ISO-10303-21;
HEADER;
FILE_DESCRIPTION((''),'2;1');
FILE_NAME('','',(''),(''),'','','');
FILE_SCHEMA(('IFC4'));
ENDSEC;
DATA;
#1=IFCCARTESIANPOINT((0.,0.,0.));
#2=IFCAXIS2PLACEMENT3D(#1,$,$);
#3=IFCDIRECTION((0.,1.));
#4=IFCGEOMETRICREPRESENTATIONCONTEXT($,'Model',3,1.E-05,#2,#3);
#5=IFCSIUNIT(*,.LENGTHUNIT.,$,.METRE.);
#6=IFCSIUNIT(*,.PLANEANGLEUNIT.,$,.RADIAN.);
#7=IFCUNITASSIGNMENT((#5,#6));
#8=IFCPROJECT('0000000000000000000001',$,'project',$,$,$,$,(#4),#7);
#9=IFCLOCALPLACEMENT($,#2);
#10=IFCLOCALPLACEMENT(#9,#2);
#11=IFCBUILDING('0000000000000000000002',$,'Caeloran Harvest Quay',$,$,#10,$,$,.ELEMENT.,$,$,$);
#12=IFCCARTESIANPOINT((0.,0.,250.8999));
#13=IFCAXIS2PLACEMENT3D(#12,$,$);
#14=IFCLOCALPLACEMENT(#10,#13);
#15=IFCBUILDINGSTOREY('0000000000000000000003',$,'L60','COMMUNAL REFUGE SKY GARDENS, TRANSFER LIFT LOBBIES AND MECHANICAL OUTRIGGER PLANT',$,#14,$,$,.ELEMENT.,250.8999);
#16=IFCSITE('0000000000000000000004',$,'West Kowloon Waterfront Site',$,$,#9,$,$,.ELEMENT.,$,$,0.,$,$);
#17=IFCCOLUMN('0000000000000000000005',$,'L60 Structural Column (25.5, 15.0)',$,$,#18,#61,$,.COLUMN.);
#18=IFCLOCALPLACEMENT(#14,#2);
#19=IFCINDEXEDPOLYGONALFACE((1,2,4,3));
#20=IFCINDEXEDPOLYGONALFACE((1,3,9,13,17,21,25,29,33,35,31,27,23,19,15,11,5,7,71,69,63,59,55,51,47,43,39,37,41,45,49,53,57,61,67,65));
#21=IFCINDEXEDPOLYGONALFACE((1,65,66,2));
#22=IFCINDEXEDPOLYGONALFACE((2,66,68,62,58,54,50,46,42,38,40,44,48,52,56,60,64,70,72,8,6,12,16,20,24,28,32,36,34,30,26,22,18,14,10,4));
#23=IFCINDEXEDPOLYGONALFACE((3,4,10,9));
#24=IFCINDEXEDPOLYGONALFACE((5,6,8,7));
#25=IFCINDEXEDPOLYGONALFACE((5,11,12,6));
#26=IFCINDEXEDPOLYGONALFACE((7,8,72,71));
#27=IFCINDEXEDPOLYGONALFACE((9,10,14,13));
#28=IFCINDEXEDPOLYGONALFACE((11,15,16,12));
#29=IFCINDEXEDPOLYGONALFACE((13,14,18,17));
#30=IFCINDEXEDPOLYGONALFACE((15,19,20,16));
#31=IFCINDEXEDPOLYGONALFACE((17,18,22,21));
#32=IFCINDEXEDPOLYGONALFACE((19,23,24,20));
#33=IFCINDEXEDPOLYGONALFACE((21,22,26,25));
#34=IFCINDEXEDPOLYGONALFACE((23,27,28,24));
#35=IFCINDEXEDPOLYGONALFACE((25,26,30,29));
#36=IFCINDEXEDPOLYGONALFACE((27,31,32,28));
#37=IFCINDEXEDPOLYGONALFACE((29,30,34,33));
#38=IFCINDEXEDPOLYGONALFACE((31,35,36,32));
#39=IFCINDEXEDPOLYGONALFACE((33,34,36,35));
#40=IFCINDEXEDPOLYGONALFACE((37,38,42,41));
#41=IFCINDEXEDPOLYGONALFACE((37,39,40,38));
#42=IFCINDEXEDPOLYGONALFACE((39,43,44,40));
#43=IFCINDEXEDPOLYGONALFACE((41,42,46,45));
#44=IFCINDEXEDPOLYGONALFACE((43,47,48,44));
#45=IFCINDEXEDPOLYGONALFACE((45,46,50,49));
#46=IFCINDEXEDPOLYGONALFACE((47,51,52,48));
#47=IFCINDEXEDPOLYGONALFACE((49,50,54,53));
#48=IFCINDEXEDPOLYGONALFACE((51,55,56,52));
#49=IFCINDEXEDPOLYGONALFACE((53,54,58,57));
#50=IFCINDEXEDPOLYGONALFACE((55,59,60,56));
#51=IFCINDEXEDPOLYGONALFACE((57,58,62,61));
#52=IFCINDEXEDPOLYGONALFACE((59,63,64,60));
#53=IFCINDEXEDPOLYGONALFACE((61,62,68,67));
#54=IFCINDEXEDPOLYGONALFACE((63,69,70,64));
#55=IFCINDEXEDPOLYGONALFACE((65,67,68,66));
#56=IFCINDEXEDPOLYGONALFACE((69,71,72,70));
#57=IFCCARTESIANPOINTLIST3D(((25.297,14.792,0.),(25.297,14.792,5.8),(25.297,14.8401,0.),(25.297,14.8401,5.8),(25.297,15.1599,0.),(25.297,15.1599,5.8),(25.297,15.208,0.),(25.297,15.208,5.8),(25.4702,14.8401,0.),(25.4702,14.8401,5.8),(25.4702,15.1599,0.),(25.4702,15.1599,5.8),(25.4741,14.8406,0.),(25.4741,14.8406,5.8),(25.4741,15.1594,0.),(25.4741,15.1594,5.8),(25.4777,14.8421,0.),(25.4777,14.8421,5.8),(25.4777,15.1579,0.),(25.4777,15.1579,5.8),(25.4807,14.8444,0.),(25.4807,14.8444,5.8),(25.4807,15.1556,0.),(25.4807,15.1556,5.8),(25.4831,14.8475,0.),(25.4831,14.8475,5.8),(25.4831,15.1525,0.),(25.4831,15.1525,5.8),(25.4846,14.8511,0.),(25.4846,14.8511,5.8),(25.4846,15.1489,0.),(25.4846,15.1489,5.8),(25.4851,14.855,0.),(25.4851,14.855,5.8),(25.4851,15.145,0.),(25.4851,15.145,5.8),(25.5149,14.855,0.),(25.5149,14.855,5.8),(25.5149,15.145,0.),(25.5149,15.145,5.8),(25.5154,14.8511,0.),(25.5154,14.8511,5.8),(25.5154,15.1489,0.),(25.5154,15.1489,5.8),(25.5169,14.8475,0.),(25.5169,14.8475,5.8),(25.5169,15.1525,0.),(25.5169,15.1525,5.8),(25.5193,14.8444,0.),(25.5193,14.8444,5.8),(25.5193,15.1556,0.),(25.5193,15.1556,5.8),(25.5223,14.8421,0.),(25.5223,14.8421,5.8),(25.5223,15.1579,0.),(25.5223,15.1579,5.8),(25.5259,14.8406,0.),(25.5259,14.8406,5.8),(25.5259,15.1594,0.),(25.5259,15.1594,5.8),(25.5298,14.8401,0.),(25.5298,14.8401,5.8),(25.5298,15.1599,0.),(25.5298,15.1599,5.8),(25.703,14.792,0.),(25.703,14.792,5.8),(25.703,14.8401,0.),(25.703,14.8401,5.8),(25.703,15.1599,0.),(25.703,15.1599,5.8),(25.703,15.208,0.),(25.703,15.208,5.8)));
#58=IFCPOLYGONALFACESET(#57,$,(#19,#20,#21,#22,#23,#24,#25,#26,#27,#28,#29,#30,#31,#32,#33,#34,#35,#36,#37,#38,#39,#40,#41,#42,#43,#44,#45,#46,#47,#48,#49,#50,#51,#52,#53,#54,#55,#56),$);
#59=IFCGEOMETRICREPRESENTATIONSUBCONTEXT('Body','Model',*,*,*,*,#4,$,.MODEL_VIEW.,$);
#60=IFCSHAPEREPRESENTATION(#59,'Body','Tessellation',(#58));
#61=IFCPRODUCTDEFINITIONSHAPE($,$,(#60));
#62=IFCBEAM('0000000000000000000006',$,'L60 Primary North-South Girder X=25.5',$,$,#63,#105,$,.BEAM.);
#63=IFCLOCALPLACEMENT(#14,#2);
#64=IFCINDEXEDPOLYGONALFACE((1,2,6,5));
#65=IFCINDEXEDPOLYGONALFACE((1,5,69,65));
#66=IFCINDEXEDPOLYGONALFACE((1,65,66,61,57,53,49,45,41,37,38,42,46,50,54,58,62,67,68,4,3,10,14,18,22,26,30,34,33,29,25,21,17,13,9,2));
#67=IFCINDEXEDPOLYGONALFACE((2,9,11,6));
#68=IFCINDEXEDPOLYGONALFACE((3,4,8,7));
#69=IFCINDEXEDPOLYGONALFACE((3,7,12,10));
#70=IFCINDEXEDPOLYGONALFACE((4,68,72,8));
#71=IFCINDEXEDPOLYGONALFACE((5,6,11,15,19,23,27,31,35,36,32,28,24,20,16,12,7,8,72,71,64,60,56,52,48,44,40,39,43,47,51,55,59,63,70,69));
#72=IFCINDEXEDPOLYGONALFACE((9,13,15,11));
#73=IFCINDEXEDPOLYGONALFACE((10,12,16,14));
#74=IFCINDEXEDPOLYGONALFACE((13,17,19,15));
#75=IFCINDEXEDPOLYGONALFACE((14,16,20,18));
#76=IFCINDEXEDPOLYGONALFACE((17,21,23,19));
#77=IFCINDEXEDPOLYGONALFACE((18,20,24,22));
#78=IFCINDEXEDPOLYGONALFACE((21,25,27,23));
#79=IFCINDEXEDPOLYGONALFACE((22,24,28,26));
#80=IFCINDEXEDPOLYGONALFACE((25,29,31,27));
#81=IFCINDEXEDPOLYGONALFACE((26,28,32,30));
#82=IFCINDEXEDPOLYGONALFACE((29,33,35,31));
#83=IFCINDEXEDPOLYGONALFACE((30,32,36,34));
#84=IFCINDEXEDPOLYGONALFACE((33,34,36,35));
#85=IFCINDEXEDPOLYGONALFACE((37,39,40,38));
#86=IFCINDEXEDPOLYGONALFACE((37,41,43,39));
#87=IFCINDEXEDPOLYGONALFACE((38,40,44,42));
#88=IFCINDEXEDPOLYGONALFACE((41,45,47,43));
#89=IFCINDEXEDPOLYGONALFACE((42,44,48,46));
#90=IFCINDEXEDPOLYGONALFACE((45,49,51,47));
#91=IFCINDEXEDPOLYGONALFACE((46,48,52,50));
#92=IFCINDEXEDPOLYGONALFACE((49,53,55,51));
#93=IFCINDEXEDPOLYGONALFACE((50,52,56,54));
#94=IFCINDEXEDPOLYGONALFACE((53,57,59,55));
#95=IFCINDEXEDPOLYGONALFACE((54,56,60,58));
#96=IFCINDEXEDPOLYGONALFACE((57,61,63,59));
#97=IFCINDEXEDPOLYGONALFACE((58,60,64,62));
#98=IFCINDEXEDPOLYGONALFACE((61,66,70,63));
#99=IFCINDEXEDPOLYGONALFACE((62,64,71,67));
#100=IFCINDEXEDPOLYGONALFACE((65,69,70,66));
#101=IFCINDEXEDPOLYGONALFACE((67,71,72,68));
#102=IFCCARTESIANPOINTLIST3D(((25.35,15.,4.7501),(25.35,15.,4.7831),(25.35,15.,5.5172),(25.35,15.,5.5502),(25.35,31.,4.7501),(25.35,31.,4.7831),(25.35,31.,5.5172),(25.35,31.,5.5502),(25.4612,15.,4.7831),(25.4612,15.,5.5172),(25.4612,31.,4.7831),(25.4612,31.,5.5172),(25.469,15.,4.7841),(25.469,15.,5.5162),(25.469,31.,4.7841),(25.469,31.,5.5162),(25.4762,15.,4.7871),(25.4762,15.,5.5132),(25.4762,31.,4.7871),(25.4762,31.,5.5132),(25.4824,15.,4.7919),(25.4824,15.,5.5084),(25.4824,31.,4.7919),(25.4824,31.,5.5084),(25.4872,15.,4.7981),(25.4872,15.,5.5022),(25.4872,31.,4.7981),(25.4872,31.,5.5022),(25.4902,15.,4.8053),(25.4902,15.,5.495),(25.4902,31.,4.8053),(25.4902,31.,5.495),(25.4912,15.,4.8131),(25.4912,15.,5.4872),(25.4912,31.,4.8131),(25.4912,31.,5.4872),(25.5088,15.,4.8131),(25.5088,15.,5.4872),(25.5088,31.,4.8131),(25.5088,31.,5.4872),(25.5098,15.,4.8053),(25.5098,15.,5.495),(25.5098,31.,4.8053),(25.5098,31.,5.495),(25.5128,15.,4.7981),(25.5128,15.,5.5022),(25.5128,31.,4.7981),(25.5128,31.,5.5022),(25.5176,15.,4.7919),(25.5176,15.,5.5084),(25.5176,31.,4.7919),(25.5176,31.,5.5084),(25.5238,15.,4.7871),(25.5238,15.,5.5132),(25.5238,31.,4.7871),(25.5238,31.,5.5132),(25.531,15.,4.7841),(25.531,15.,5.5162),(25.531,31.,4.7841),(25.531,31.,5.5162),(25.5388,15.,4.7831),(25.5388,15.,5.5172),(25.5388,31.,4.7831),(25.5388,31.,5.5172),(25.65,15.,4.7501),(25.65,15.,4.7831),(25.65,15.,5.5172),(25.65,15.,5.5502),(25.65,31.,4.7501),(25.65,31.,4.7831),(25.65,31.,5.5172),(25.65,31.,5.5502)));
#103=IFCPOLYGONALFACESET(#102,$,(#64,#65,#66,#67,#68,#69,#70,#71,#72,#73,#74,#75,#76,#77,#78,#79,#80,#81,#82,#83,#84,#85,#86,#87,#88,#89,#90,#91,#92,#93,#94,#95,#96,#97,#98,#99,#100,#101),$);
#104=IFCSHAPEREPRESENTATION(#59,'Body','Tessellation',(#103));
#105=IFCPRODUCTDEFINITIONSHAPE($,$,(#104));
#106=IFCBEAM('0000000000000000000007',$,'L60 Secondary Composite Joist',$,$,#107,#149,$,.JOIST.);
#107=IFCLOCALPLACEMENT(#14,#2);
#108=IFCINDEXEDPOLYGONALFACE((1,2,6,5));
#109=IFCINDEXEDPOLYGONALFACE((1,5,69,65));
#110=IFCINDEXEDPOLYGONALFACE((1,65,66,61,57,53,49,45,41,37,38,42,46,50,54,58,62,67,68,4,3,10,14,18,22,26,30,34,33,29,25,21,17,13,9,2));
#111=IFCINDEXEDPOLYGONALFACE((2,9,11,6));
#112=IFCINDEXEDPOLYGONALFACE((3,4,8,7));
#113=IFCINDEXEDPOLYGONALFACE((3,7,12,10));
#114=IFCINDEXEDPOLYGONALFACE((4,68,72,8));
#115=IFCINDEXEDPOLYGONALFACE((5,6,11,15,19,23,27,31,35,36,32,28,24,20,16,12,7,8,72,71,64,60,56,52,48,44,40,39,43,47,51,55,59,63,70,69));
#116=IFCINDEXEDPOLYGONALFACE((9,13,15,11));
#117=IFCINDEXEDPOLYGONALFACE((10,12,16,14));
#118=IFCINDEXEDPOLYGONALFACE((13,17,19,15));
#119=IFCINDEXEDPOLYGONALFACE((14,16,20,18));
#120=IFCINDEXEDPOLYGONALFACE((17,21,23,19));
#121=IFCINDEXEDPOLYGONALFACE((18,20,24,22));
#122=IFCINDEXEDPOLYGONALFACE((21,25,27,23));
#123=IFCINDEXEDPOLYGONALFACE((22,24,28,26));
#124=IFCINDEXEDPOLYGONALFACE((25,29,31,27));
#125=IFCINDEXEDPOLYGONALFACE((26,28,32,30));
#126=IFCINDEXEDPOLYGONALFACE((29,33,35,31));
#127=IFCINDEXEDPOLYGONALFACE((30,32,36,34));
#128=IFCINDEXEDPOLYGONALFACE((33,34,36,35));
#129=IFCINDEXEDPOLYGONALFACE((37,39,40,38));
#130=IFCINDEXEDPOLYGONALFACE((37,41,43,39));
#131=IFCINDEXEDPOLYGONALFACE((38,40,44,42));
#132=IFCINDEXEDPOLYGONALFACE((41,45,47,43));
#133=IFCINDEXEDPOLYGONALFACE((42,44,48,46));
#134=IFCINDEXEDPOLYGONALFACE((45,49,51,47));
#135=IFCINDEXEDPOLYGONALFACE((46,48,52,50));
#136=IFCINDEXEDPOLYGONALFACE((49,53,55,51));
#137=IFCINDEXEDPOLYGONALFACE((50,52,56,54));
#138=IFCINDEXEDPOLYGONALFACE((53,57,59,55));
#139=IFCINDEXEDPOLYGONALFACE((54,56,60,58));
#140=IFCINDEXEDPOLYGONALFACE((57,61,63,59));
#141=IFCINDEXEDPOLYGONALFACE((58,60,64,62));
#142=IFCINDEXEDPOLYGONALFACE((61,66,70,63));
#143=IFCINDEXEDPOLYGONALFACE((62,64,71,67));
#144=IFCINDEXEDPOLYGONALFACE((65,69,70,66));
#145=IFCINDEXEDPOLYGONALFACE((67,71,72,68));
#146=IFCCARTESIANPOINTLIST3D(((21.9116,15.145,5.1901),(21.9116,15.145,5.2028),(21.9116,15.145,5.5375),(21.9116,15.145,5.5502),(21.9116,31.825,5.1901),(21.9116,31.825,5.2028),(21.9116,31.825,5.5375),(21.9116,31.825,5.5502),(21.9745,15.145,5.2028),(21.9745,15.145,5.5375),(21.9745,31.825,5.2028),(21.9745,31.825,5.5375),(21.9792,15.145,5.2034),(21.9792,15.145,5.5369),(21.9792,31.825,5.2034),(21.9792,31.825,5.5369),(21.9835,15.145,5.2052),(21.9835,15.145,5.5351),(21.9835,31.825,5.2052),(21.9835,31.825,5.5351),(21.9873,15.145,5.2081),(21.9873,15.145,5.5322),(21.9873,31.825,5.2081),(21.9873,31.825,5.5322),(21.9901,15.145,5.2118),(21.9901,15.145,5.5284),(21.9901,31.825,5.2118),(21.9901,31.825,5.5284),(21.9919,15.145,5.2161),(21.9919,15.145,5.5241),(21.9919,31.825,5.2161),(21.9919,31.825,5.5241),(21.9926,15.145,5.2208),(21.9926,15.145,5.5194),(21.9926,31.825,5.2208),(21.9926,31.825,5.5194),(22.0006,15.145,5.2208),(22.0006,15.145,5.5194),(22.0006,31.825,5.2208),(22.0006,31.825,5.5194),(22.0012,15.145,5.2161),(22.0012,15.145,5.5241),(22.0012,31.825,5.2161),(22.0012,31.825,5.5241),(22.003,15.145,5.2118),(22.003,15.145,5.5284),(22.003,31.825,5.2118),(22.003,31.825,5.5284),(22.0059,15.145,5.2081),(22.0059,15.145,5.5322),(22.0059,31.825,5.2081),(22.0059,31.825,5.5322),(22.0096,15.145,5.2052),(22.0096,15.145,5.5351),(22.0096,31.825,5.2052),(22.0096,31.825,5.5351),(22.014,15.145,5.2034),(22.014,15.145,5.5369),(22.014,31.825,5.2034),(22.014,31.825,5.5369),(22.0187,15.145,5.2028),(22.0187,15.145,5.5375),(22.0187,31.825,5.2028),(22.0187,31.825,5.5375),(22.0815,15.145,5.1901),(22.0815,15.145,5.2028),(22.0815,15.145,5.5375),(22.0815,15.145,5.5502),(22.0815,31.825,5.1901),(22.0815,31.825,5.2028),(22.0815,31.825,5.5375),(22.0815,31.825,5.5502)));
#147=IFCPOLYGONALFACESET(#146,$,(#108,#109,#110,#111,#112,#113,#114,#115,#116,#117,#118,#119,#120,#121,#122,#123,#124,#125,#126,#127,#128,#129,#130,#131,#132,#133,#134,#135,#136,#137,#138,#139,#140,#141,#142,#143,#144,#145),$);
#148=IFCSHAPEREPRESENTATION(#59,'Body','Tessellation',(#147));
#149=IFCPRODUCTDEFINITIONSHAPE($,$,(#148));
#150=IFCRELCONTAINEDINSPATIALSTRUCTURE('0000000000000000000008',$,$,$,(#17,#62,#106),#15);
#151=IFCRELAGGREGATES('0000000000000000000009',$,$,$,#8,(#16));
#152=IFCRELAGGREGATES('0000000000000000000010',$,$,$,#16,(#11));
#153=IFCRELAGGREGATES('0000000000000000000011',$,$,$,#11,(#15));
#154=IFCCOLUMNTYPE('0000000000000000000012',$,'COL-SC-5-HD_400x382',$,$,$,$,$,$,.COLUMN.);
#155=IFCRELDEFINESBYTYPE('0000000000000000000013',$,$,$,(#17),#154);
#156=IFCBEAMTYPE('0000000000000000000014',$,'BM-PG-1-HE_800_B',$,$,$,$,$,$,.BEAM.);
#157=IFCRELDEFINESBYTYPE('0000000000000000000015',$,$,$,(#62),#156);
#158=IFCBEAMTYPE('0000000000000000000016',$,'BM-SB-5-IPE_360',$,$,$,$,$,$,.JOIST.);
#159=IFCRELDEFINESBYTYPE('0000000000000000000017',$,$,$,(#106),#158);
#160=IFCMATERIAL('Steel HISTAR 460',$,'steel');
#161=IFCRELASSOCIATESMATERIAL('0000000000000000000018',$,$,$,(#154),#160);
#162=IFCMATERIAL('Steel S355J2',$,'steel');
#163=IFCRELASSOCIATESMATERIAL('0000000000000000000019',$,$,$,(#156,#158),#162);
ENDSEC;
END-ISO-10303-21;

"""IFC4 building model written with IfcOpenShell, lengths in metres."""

from ifc_helpers import new_model, si_unit, direction, frame, origin, origin_2d, place, context, subcontext, project, spatial, i_section, extrude, material, material_profile, profile_set, type_object, element, save


model = new_model("IFC4")

# Units and contexts
model_context = context("Model", 3, precision=1e-05, world=origin(), true_north=direction((0.0, 1.0)))
body_context = subcontext(model_context, "Body", "Model", "MODEL_VIEW")
ifc_project = project(units=[si_unit("LENGTHUNIT", "METRE"), si_unit("PLANEANGLEUNIT", "RADIAN")], contexts=[model_context])

# Site, building, storey
site_placement = place(None, origin())
site = spatial("IfcSite", under=ifc_project, at=site_placement, Name="West Kowloon Waterfront Site", CompositionType="ELEMENT", RefElevation=0.0)
building_placement = place(site_placement, origin())
building = spatial("IfcBuilding", under=site, at=building_placement, Name="Caeloran Harvest Quay", CompositionType="ELEMENT")
storey_placement = place(building_placement, frame((0.0, 0.0, 250.8999)))
storey = spatial("IfcBuildingStorey", under=building, at=storey_placement, Name="L60", Description="COMMUNAL REFUGE SKY GARDENS, TRANSFER LIFT LOBBIES AND MECHANICAL OUTRIGGER PLANT", CompositionType="ELEMENT", Elevation=250.8999)

# Column
ifc_material_1 = material(Name="Steel HISTAR 460", Category="steel")
ifc_material_profile_1 = material_profile(ifc_material_1, i_section(OverallWidth=0.406, OverallDepth=0.416, WebThickness=0.0298, FlangeThickness=0.0481, FilletRadius=0.0149, at=origin_2d()), Name="HD 400x382")
ifc_profile_set_1 = profile_set([ifc_material_profile_1], Name="Steel HISTAR 460")
column_type = type_object("IfcColumnType", Name="COL-SC-5-HD_400x382", PredefinedType="COLUMN", material=ifc_profile_set_1)
column_placement = place(storey_placement, frame((25.5, 15.0, 0.0), z_axis=(0.0, 0.0, 1.0), x_axis=(1.0, 0.0, 0.0)))
element("IfcColumn", 1, at=column_placement, inside=storey, type_object=column_type, Name="L60 Structural Column (25.5, 15.0)", PredefinedType="COLUMN", context=body_context, shape_type="SweptSolid", body=[
    extrude(i_section(OverallWidth=0.406, OverallDepth=0.416, WebThickness=0.0298, FlangeThickness=0.0481, FilletRadius=0.0149, at=origin_2d()), origin(), (0.0, 0.0, 1.0), 5.8),
])

# Beams
ifc_material_2 = material(Name="Steel S355J2", Category="steel")
ifc_material_profile_2 = material_profile(ifc_material_2, i_section(OverallWidth=0.3, OverallDepth=0.8, WebThickness=0.0176, FlangeThickness=0.033, FilletRadius=0.03, at=origin_2d()), Name="HE 800 B")
ifc_profile_set_2 = profile_set([ifc_material_profile_2], Name="Steel S355J2")
beam_type_1 = type_object("IfcBeamType", Name="BM-PG-1-HE_800_B", PredefinedType="BEAM", material=ifc_profile_set_2)
beam_1_placement = place(storey_placement, frame((25.5, 15.0, 5.1501), z_axis=(0.0, 1.0, 0.0), x_axis=(-1.0, 0.0, 0.0)))
element("IfcBeam", 2, at=beam_1_placement, inside=storey, type_object=beam_type_1, Name="L60 Primary North-South Girder X=25.5", PredefinedType="BEAM", context=body_context, shape_type="SweptSolid", body=[
    extrude(i_section(OverallWidth=0.3, OverallDepth=0.8, WebThickness=0.0176, FlangeThickness=0.033, FilletRadius=0.03, at=origin_2d()), origin(), (0.0, 0.0, 1.0), 16.0),
])
ifc_material_profile_3 = material_profile(ifc_material_2, i_section(OverallWidth=0.1699, OverallDepth=0.3601, WebThickness=0.0081, FlangeThickness=0.0127, FilletRadius=0.0181, at=origin_2d()), Name="IPE 360")
ifc_profile_set_3 = profile_set([ifc_material_profile_3], Name="Steel S355J2")
beam_type_2 = type_object("IfcBeamType", Name="BM-SB-5-IPE_360", PredefinedType="JOIST", material=ifc_profile_set_3)
beam_2_placement = place(storey_placement, frame((21.9966, 15.145, 5.3701), z_axis=(0.0, 1.0, 0.0), x_axis=(-1.0, 0.0, 0.0)))
element("IfcBeam", 3, at=beam_2_placement, inside=storey, type_object=beam_type_2, Name="L60 Secondary Composite Joist", PredefinedType="JOIST", context=body_context, shape_type="SweptSolid", body=[
    extrude(i_section(OverallWidth=0.1699, OverallDepth=0.3601, WebThickness=0.0081, FlangeThickness=0.0127, FilletRadius=0.0181, at=origin_2d()), origin(), (0.0, 0.0, 1.0), 16.6799),
])

save(model, "model.ifc")
